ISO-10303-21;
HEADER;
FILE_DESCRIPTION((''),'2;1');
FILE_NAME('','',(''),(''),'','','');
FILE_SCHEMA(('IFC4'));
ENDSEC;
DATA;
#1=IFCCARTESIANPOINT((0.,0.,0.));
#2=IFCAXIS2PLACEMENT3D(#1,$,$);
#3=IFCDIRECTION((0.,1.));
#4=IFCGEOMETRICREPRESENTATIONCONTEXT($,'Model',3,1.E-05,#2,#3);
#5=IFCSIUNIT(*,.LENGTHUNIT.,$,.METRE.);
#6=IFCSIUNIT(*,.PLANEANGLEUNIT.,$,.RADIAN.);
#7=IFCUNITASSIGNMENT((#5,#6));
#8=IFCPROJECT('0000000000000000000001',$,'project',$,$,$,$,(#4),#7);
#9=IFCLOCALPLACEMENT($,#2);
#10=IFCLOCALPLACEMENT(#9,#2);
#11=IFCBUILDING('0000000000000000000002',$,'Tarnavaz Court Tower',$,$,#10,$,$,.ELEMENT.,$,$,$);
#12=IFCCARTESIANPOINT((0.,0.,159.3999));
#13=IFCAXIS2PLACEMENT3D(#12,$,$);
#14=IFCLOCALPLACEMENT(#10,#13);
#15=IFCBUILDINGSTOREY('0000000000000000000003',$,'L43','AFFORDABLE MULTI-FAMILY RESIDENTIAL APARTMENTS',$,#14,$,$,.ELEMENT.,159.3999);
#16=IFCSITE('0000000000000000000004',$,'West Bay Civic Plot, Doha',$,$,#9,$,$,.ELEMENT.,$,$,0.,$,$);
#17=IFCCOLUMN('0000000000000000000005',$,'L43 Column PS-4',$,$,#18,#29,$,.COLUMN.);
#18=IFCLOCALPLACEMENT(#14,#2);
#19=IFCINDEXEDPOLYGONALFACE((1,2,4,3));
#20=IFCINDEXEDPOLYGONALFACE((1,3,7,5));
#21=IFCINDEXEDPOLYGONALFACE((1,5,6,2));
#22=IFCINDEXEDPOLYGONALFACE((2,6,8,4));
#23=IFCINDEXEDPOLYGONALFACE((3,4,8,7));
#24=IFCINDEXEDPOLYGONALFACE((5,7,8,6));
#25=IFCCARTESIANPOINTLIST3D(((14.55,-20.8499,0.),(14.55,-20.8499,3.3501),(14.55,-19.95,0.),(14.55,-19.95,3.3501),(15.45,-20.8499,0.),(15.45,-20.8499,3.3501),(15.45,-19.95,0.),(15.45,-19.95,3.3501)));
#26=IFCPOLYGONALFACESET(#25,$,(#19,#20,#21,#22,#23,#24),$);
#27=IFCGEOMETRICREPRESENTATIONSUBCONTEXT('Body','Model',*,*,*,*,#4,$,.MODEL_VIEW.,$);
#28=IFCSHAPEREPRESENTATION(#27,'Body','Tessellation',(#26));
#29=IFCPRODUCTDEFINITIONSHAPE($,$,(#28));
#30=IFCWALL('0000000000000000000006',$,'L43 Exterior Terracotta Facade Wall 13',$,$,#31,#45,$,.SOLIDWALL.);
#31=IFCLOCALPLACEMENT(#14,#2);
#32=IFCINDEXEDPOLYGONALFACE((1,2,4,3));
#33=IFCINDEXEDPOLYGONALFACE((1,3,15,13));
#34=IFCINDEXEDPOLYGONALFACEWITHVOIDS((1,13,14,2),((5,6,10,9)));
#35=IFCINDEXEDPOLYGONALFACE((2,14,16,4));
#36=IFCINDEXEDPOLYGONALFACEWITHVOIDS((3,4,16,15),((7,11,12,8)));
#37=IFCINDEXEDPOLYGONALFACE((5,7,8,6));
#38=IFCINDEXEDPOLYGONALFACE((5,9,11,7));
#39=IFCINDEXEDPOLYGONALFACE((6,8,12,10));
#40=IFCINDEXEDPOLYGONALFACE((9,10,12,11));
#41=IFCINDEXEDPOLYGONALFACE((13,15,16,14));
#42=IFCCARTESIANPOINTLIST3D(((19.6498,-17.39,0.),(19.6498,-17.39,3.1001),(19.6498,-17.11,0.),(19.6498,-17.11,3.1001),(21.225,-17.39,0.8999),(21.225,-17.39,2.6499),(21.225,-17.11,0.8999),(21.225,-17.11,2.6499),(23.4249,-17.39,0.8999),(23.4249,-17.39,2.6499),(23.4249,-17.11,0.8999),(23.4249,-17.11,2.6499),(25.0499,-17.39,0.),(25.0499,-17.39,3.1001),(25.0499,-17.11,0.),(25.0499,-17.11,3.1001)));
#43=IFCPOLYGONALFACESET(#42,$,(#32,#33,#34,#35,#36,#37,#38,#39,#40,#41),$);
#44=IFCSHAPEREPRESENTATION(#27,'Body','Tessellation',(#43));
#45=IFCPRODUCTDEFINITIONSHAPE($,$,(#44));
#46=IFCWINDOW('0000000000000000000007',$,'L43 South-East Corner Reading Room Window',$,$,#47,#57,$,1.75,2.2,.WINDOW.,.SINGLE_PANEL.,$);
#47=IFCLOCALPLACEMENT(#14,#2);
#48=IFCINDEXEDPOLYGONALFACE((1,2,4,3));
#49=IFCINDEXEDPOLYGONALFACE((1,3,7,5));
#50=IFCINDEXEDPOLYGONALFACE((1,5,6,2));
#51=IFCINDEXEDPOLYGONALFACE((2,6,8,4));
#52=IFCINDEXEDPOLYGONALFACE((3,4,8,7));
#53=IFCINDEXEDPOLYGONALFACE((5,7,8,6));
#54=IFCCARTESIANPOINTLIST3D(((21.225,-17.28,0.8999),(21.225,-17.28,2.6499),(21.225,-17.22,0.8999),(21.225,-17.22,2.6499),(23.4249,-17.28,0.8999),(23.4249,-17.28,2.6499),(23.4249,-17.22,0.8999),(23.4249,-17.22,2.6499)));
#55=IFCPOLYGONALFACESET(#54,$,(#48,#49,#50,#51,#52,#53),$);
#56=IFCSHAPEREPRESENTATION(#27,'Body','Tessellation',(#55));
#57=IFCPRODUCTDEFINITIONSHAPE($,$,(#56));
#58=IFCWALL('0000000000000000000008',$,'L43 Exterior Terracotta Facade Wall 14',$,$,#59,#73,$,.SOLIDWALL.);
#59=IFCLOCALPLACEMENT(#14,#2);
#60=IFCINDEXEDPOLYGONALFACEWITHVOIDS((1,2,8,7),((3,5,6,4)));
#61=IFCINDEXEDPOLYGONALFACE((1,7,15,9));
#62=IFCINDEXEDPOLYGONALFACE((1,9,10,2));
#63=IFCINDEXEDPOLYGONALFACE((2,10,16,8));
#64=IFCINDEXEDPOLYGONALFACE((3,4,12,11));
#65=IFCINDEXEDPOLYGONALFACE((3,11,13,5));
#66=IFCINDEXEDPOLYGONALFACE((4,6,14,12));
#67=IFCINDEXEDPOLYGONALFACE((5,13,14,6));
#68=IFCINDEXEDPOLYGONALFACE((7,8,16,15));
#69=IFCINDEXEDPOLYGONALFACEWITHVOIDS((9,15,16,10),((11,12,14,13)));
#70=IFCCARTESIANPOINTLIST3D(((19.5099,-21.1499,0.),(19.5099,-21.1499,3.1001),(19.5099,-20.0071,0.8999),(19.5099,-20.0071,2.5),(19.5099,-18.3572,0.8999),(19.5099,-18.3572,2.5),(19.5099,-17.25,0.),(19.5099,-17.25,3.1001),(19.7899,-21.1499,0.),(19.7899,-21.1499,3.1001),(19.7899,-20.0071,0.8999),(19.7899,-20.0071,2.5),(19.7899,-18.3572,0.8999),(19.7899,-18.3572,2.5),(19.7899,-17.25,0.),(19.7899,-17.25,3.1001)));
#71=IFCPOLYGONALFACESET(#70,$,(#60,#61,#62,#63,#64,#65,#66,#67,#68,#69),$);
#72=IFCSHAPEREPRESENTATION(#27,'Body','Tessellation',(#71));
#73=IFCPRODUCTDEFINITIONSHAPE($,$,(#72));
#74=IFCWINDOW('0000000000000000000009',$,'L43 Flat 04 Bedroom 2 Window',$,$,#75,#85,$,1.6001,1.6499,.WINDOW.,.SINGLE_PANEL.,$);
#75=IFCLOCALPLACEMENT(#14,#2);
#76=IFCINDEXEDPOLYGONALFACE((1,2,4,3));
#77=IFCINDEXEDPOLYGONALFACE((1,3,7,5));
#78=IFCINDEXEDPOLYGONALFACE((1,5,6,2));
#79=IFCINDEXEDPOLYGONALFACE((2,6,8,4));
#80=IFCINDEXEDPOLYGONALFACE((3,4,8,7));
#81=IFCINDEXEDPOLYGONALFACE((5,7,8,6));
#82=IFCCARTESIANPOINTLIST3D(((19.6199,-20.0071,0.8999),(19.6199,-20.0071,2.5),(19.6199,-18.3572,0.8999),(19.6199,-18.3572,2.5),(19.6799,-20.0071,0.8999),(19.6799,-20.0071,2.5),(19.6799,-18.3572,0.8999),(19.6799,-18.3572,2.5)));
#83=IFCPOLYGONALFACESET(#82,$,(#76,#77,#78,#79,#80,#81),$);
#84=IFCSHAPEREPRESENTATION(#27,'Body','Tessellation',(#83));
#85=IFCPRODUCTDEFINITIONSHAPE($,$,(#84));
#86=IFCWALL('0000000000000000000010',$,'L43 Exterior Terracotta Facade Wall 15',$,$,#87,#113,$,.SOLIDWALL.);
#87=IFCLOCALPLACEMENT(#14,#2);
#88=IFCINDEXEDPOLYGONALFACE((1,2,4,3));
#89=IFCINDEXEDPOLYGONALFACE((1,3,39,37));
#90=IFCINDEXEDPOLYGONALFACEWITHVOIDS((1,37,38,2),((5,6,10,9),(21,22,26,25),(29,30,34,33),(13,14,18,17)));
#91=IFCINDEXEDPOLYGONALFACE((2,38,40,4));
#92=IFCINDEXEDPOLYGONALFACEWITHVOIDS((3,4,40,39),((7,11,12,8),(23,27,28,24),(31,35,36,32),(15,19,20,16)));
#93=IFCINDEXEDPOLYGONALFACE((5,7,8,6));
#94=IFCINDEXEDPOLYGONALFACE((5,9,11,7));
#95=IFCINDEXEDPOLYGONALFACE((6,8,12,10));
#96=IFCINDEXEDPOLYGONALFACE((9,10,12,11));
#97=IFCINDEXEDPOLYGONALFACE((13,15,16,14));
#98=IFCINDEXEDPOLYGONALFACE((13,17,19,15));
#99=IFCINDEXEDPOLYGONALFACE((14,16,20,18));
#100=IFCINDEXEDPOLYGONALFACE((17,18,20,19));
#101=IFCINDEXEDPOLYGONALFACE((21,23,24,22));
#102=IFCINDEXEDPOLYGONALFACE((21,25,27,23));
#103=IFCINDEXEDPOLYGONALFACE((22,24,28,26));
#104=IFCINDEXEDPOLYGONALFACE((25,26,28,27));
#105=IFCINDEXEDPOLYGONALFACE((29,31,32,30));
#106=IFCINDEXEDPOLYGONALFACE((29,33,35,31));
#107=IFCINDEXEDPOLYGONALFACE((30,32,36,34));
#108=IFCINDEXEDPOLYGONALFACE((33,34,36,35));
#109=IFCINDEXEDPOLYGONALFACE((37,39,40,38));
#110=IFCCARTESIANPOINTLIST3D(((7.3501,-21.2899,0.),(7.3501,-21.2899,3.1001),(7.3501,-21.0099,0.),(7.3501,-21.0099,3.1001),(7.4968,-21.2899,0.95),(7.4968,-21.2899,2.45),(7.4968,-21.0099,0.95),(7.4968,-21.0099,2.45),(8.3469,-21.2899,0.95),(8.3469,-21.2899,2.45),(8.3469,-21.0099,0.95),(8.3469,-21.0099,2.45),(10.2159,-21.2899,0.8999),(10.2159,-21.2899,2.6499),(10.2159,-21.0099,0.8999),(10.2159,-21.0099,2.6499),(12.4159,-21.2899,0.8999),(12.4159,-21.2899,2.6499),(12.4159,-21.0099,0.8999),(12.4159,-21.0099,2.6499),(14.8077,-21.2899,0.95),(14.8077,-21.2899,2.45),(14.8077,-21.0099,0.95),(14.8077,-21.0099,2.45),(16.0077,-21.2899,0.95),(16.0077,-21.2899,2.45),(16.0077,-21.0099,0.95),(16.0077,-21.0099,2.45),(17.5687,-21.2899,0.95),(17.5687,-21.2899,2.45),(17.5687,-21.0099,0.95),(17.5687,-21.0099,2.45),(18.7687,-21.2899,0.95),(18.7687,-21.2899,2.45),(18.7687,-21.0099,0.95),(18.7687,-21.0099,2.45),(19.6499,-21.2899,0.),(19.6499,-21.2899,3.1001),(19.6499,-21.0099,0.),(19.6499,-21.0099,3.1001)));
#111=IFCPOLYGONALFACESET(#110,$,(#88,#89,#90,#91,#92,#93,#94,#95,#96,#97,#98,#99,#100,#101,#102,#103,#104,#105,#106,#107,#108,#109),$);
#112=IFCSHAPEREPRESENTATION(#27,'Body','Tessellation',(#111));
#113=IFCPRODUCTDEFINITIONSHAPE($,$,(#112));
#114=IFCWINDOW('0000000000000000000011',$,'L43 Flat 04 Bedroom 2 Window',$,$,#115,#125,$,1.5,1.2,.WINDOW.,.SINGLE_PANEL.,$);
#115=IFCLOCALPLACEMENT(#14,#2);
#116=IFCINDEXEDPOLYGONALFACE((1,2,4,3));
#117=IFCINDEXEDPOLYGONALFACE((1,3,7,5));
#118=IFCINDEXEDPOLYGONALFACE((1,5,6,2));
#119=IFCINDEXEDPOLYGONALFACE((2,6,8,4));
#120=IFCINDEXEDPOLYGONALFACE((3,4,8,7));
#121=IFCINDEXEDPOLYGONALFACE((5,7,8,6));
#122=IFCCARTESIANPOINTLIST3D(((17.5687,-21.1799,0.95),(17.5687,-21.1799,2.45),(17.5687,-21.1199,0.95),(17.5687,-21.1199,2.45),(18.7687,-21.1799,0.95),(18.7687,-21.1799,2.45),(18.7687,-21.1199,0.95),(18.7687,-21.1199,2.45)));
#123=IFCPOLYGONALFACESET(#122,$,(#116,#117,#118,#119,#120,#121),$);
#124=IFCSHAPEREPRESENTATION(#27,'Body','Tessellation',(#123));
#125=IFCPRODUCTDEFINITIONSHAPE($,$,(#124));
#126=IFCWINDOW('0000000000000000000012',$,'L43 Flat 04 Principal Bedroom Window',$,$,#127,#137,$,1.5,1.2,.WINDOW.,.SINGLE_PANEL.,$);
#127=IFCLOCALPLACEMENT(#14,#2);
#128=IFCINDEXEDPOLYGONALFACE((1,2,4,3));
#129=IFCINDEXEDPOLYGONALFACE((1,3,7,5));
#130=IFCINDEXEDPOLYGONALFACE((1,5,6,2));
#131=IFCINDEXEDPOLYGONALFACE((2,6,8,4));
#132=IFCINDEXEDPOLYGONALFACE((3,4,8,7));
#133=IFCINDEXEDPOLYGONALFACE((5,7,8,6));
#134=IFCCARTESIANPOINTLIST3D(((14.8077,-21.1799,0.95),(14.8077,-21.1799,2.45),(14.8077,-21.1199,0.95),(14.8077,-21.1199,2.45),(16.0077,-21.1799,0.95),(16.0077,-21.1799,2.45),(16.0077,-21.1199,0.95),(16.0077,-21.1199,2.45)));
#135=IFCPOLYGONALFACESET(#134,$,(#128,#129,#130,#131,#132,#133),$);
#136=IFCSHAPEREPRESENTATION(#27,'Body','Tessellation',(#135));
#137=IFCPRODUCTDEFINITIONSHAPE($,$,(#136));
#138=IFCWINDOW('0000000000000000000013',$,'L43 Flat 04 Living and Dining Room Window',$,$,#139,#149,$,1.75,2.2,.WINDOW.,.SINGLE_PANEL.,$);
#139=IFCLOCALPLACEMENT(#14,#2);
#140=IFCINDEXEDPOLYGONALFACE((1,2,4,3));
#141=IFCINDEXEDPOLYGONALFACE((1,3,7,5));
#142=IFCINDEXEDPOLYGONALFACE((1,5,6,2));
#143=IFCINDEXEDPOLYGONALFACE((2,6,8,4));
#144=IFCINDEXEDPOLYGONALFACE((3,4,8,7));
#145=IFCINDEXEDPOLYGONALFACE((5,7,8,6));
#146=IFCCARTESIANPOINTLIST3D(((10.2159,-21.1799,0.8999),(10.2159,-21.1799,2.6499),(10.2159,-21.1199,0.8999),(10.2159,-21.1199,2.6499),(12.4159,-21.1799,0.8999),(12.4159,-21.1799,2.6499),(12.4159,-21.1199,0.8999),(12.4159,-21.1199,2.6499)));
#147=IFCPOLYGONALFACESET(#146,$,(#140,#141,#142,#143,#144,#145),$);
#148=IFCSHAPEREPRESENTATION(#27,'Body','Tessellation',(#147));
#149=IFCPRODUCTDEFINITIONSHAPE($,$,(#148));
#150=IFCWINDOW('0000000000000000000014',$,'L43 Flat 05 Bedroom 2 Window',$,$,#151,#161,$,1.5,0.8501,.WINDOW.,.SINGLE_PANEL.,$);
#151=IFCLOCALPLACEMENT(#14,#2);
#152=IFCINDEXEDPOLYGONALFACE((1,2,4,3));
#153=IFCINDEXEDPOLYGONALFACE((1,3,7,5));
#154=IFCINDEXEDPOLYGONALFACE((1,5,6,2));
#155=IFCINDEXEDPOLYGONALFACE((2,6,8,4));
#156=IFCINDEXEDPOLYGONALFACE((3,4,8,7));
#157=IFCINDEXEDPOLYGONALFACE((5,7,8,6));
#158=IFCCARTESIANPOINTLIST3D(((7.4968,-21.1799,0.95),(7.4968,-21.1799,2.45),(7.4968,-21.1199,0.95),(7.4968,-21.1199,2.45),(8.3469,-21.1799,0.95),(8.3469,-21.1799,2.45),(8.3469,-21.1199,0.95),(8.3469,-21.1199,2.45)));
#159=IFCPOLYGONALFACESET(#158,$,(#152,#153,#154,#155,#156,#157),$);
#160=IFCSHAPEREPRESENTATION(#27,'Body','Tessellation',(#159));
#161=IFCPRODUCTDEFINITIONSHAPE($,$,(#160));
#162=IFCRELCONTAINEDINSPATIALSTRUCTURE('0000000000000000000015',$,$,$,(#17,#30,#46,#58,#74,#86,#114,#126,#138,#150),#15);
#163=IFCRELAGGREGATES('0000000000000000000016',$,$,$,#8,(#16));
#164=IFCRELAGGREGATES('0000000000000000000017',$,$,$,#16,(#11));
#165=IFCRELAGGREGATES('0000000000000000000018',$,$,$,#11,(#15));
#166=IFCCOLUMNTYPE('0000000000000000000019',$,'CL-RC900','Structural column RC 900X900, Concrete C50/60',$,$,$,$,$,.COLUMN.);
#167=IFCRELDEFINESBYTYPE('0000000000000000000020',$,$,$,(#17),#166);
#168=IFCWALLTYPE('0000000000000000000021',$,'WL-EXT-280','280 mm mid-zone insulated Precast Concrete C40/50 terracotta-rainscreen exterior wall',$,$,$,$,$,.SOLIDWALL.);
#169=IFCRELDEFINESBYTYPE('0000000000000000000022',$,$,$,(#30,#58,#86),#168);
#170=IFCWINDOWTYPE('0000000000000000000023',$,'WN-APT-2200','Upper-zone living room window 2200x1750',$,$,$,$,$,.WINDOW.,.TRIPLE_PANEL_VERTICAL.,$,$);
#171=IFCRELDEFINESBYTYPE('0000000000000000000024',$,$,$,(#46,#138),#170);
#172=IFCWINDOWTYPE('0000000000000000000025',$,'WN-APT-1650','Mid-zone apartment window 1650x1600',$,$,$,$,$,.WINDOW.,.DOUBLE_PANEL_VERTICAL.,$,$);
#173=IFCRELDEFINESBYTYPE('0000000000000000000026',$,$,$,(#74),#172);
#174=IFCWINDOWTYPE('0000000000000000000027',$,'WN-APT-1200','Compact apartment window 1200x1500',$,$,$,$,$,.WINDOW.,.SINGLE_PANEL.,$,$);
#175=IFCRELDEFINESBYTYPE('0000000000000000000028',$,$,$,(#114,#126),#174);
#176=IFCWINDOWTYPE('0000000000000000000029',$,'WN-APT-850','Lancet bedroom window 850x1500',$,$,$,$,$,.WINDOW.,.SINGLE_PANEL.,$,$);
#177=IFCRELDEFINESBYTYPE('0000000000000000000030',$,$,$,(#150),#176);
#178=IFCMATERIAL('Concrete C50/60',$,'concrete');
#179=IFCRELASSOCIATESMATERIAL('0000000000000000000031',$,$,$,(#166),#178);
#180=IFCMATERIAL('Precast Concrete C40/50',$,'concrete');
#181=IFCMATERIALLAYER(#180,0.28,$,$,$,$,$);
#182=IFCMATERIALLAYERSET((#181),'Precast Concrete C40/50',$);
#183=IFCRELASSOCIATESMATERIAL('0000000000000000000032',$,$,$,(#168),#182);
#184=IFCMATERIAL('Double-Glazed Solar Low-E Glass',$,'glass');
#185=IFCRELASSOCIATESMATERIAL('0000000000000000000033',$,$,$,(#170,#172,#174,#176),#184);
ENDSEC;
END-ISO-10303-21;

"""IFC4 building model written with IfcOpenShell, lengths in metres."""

from ifc_helpers import new_model, si_unit, direction, frame, frame_2d, origin, origin_2d, place, context, subcontext, project, spatial, rectangle, extrude, material, layer, layer_set, material_profile, profile_set, type_object, element, fill, save


model = new_model("IFC4")

# Units and contexts
model_context = context("Model", 3, precision=1e-05, world=origin(), true_north=direction((0.0, 1.0)))
body_context = subcontext(model_context, "Body", "Model", "MODEL_VIEW")
ifc_project = project(units=[si_unit("LENGTHUNIT", "METRE"), si_unit("PLANEANGLEUNIT", "RADIAN")], contexts=[model_context])

# Site, building, storey
site_placement = place(None, origin())
site = spatial("IfcSite", under=ifc_project, at=site_placement, Name="West Bay Civic Plot, Doha", CompositionType="ELEMENT", RefElevation=0.0)
building_placement = place(site_placement, origin())
building = spatial("IfcBuilding", under=site, at=building_placement, Name="Tarnavaz Court Tower", CompositionType="ELEMENT")
storey_placement = place(building_placement, frame((0.0, 0.0, 159.3999)))
storey = spatial("IfcBuildingStorey", under=building, at=storey_placement, Name="L43", Description="AFFORDABLE MULTI-FAMILY RESIDENTIAL APARTMENTS", CompositionType="ELEMENT", Elevation=159.3999)

# Column
ifc_material_1 = material(Name="Concrete C50/60", Category="concrete")
ifc_material_profile_1 = material_profile(ifc_material_1, rectangle(XDim=0.8999, YDim=0.8999, at=origin_2d()), Name="RC 900X900")
ifc_profile_set_1 = profile_set([ifc_material_profile_1], Name="Concrete C50/60")
column_type = type_object("IfcColumnType", Name="CL-RC900", Description="Structural column RC 900X900, Concrete C50/60", PredefinedType="COLUMN", material=ifc_profile_set_1)
column_placement = place(storey_placement, frame((15.0, -20.3999, 0.0), z_axis=(0.0, 0.0, 1.0), x_axis=(1.0, 0.0, 0.0)))
element("IfcColumn", 1, at=column_placement, inside=storey, type_object=column_type, Name="L43 Column PS-4", PredefinedType="COLUMN", context=body_context, shape_type="SweptSolid", body=[
    extrude(rectangle(XDim=0.8999, YDim=0.8999, at=origin_2d()), origin(), (0.0, 0.0, 1.0), 3.3501),
])

# Walls, openings, windows
ifc_material_2 = material(Name="Precast Concrete C40/50", Category="concrete")
ifc_layer_1 = layer(ifc_material_2, 0.28)
ifc_layer_set_1 = layer_set([ifc_layer_1], Name="Precast Concrete C40/50")
wall_type_1 = type_object("IfcWallType", Name="WL-EXT-280", Description="280 mm mid-zone insulated Precast Concrete C40/50 terracotta-rainscreen exterior wall", PredefinedType="SOLIDWALL", material=ifc_layer_set_1)
wall_1_placement = place(storey_placement, frame((25.05, -17.25, 0.0), z_axis=(0.0, 0.0, 1.0), x_axis=(-1.0, 0.0, 0.0)))
wall_1 = element("IfcWall", 2, at=wall_1_placement, inside=storey, type_object=wall_type_1, Name="L43 Exterior Terracotta Facade Wall 13", PredefinedType="SOLIDWALL", context=body_context, shape_type="SweptSolid", body=[
    extrude(rectangle(XDim=5.4001, YDim=0.28, at=frame_2d((2.7002, 0.0))), origin(), (0.0, 0.0, 1.0), 3.1001),
])
opening_1_placement = place(wall_1_placement, frame((1.625, 0.0, 0.8999)))
opening_1 = element("IfcOpeningElement", 3, at=opening_1_placement, cuts=wall_1, PredefinedType="OPENING", context=body_context, shape_type="SweptSolid", body=[
    extrude(rectangle(XDim=2.2, YDim=1.75, at=frame_2d((1.1001, 0.875))), frame((0.0, 0.1499, 0.0), z_axis=(0.0, -1.0, 0.0), x_axis=(1.0, 0.0, 0.0)), (0.0, 0.0, 1.0), 0.3),
])
ifc_material_3 = material(Name="Double-Glazed Solar Low-E Glass", Category="glass")
window_type_1 = type_object("IfcWindowType", Name="WN-APT-2200", Description="Upper-zone living room window 2200x1750", PartitioningType="TRIPLE_PANEL_VERTICAL", PredefinedType="WINDOW", material=ifc_material_3)
window_1_placement = place(opening_1_placement, origin())
window_1 = element("IfcWindow", 4, at=window_1_placement, inside=storey, type_object=window_type_1, Name="L43 South-East Corner Reading Room Window", OverallHeight=1.75, OverallWidth=2.2, PartitioningType="SINGLE_PANEL", PredefinedType="WINDOW", context=body_context, shape_type="SweptSolid", body=[
    extrude(rectangle(XDim=2.2, YDim=1.75, at=frame_2d((1.1001, 0.875))), frame((0.0, 0.03, 0.0), z_axis=(0.0, -1.0, 0.0), x_axis=(1.0, 0.0, 0.0)), (0.0, 0.0, 1.0), 0.0601),
])
fill(opening_1, window_1)
wall_2_placement = place(storey_placement, frame((19.6499, -17.25, 0.0), z_axis=(0.0, 0.0, 1.0), x_axis=(0.0, -1.0, 0.0)))
wall_2 = element("IfcWall", 5, at=wall_2_placement, inside=storey, type_object=wall_type_1, Name="L43 Exterior Terracotta Facade Wall 14", PredefinedType="SOLIDWALL", context=body_context, shape_type="SweptSolid", body=[
    extrude(rectangle(XDim=3.8999, YDim=0.28, at=frame_2d((1.95, 0.0))), origin(), (0.0, 0.0, 1.0), 3.1001),
])
opening_2_placement = place(wall_2_placement, frame((1.1072, 0.0, 0.8999)))
opening_2 = element("IfcOpeningElement", 6, at=opening_2_placement, cuts=wall_2, PredefinedType="OPENING", context=body_context, shape_type="SweptSolid", body=[
    extrude(rectangle(XDim=1.6499, YDim=1.6001, at=frame_2d((0.825, 0.8))), frame((0.0, 0.1499, 0.0), z_axis=(0.0, -1.0, 0.0), x_axis=(1.0, 0.0, 0.0)), (0.0, 0.0, 1.0), 0.3),
])
window_type_2 = type_object("IfcWindowType", Name="WN-APT-1650", Description="Mid-zone apartment window 1650x1600", PartitioningType="DOUBLE_PANEL_VERTICAL", PredefinedType="WINDOW", material=ifc_material_3)
window_2_placement = place(opening_2_placement, origin())
window_2 = element("IfcWindow", 7, at=window_2_placement, inside=storey, type_object=window_type_2, Name="L43 Flat 04 Bedroom 2 Window", OverallHeight=1.6001, OverallWidth=1.6499, PartitioningType="SINGLE_PANEL", PredefinedType="WINDOW", context=body_context, shape_type="SweptSolid", body=[
    extrude(rectangle(XDim=1.6499, YDim=1.6001, at=frame_2d((0.825, 0.8))), frame((0.0, 0.03, 0.0), z_axis=(0.0, -1.0, 0.0), x_axis=(1.0, 0.0, 0.0)), (0.0, 0.0, 1.0), 0.0601),
])
fill(opening_2, window_2)

# Wall, openings, windows
wall_3_placement = place(storey_placement, frame((19.6499, -21.1499, 0.0), z_axis=(0.0, 0.0, 1.0), x_axis=(-1.0, 0.0, 0.0)))
wall_3 = element("IfcWall", 8, at=wall_3_placement, inside=storey, type_object=wall_type_1, Name="L43 Exterior Terracotta Facade Wall 15", PredefinedType="SOLIDWALL", context=body_context, shape_type="SweptSolid", body=[
    extrude(rectangle(XDim=12.2998, YDim=0.28, at=frame_2d((6.1499, 0.0))), origin(), (0.0, 0.0, 1.0), 3.1001),
])
opening_3_placement = place(wall_3_placement, frame((0.8811, 0.0, 0.95)))
opening_3 = element("IfcOpeningElement", 9, at=opening_3_placement, cuts=wall_3, PredefinedType="OPENING", context=body_context, shape_type="SweptSolid", body=[
    extrude(rectangle(XDim=1.2, YDim=1.5, at=frame_2d((0.6001, 0.75))), frame((0.0, 0.1499, 0.0), z_axis=(0.0, -1.0, 0.0), x_axis=(1.0, 0.0, 0.0)), (0.0, 0.0, 1.0), 0.3),
])
opening_4_placement = place(wall_3_placement, frame((3.6421, 0.0, 0.95)))
opening_4 = element("IfcOpeningElement", 10, at=opening_4_placement, cuts=wall_3, PredefinedType="OPENING", context=body_context, shape_type="SweptSolid", body=[
    extrude(rectangle(XDim=1.2, YDim=1.5, at=frame_2d((0.6001, 0.75))), frame((0.0, 0.1499, 0.0), z_axis=(0.0, -1.0, 0.0), x_axis=(1.0, 0.0, 0.0)), (0.0, 0.0, 1.0), 0.3),
])
opening_5_placement = place(wall_3_placement, frame((7.2339, 0.0, 0.8999)))
opening_5 = element("IfcOpeningElement", 11, at=opening_5_placement, cuts=wall_3, PredefinedType="OPENING", context=body_context, shape_type="SweptSolid", body=[
    extrude(rectangle(XDim=2.2, YDim=1.75, at=frame_2d((1.1001, 0.875))), frame((0.0, 0.1499, 0.0), z_axis=(0.0, -1.0, 0.0), x_axis=(1.0, 0.0, 0.0)), (0.0, 0.0, 1.0), 0.3),
])
opening_6_placement = place(wall_3_placement, frame((11.303, 0.0, 0.95)))
opening_6 = element("IfcOpeningElement", 12, at=opening_6_placement, cuts=wall_3, PredefinedType="OPENING", context=body_context, shape_type="SweptSolid", body=[
    extrude(rectangle(XDim=0.8501, YDim=1.5, at=frame_2d((0.425, 0.75))), frame((0.0, 0.1499, 0.0), z_axis=(0.0, -1.0, 0.0), x_axis=(1.0, 0.0, 0.0)), (0.0, 0.0, 1.0), 0.3),
])
window_type_3 = type_object("IfcWindowType", Name="WN-APT-1200", Description="Compact apartment window 1200x1500", PartitioningType="SINGLE_PANEL", PredefinedType="WINDOW", material=ifc_material_3)
window_3_placement = place(opening_3_placement, origin())
window_3 = element("IfcWindow", 13, at=window_3_placement, inside=storey, type_object=window_type_3, Name="L43 Flat 04 Bedroom 2 Window", OverallHeight=1.5, OverallWidth=1.2, PartitioningType="SINGLE_PANEL", PredefinedType="WINDOW", context=body_context, shape_type="SweptSolid", body=[
    extrude(rectangle(XDim=1.2, YDim=1.5, at=frame_2d((0.6001, 0.75))), frame((0.0, 0.03, 0.0), z_axis=(0.0, -1.0, 0.0), x_axis=(1.0, 0.0, 0.0)), (0.0, 0.0, 1.0), 0.0601),
])
fill(opening_3, window_3)
window_4_placement = place(opening_4_placement, origin())
window_4 = element("IfcWindow", 14, at=window_4_placement, inside=storey, type_object=window_type_3, Name="L43 Flat 04 Principal Bedroom Window", OverallHeight=1.5, OverallWidth=1.2, PartitioningType="SINGLE_PANEL", PredefinedType="WINDOW", context=body_context, shape_type="SweptSolid", body=[
    extrude(rectangle(XDim=1.2, YDim=1.5, at=frame_2d((0.6001, 0.75))), frame((0.0, 0.03, 0.0), z_axis=(0.0, -1.0, 0.0), x_axis=(1.0, 0.0, 0.0)), (0.0, 0.0, 1.0), 0.0601),
])
fill(opening_4, window_4)
window_5_placement = place(opening_5_placement, origin())
window_5 = element("IfcWindow", 15, at=window_5_placement, inside=storey, type_object=window_type_1, Name="L43 Flat 04 Living and Dining Room Window", OverallHeight=1.75, OverallWidth=2.2, PartitioningType="SINGLE_PANEL", PredefinedType="WINDOW", context=body_context, shape_type="SweptSolid", body=[
    extrude(rectangle(XDim=2.2, YDim=1.75, at=frame_2d((1.1001, 0.875))), frame((0.0, 0.03, 0.0), z_axis=(0.0, -1.0, 0.0), x_axis=(1.0, 0.0, 0.0)), (0.0, 0.0, 1.0), 0.0601),
])
fill(opening_5, window_5)
window_type_4 = type_object("IfcWindowType", Name="WN-APT-850", Description="Lancet bedroom window 850x1500", PartitioningType="SINGLE_PANEL", PredefinedType="WINDOW", material=ifc_material_3)
window_6_placement = place(opening_6_placement, origin())
window_6 = element("IfcWindow", 16, at=window_6_placement, inside=storey, type_object=window_type_4, Name="L43 Flat 05 Bedroom 2 Window", OverallHeight=1.5, OverallWidth=0.8501, PartitioningType="SINGLE_PANEL", PredefinedType="WINDOW", context=body_context, shape_type="SweptSolid", body=[
    extrude(rectangle(XDim=0.8501, YDim=1.5, at=frame_2d((0.425, 0.75))), frame((0.0, 0.03, 0.0), z_axis=(0.0, -1.0, 0.0), x_axis=(1.0, 0.0, 0.0)), (0.0, 0.0, 1.0), 0.0601),
])
fill(opening_6, window_6)

save(model, "model.ifc")
